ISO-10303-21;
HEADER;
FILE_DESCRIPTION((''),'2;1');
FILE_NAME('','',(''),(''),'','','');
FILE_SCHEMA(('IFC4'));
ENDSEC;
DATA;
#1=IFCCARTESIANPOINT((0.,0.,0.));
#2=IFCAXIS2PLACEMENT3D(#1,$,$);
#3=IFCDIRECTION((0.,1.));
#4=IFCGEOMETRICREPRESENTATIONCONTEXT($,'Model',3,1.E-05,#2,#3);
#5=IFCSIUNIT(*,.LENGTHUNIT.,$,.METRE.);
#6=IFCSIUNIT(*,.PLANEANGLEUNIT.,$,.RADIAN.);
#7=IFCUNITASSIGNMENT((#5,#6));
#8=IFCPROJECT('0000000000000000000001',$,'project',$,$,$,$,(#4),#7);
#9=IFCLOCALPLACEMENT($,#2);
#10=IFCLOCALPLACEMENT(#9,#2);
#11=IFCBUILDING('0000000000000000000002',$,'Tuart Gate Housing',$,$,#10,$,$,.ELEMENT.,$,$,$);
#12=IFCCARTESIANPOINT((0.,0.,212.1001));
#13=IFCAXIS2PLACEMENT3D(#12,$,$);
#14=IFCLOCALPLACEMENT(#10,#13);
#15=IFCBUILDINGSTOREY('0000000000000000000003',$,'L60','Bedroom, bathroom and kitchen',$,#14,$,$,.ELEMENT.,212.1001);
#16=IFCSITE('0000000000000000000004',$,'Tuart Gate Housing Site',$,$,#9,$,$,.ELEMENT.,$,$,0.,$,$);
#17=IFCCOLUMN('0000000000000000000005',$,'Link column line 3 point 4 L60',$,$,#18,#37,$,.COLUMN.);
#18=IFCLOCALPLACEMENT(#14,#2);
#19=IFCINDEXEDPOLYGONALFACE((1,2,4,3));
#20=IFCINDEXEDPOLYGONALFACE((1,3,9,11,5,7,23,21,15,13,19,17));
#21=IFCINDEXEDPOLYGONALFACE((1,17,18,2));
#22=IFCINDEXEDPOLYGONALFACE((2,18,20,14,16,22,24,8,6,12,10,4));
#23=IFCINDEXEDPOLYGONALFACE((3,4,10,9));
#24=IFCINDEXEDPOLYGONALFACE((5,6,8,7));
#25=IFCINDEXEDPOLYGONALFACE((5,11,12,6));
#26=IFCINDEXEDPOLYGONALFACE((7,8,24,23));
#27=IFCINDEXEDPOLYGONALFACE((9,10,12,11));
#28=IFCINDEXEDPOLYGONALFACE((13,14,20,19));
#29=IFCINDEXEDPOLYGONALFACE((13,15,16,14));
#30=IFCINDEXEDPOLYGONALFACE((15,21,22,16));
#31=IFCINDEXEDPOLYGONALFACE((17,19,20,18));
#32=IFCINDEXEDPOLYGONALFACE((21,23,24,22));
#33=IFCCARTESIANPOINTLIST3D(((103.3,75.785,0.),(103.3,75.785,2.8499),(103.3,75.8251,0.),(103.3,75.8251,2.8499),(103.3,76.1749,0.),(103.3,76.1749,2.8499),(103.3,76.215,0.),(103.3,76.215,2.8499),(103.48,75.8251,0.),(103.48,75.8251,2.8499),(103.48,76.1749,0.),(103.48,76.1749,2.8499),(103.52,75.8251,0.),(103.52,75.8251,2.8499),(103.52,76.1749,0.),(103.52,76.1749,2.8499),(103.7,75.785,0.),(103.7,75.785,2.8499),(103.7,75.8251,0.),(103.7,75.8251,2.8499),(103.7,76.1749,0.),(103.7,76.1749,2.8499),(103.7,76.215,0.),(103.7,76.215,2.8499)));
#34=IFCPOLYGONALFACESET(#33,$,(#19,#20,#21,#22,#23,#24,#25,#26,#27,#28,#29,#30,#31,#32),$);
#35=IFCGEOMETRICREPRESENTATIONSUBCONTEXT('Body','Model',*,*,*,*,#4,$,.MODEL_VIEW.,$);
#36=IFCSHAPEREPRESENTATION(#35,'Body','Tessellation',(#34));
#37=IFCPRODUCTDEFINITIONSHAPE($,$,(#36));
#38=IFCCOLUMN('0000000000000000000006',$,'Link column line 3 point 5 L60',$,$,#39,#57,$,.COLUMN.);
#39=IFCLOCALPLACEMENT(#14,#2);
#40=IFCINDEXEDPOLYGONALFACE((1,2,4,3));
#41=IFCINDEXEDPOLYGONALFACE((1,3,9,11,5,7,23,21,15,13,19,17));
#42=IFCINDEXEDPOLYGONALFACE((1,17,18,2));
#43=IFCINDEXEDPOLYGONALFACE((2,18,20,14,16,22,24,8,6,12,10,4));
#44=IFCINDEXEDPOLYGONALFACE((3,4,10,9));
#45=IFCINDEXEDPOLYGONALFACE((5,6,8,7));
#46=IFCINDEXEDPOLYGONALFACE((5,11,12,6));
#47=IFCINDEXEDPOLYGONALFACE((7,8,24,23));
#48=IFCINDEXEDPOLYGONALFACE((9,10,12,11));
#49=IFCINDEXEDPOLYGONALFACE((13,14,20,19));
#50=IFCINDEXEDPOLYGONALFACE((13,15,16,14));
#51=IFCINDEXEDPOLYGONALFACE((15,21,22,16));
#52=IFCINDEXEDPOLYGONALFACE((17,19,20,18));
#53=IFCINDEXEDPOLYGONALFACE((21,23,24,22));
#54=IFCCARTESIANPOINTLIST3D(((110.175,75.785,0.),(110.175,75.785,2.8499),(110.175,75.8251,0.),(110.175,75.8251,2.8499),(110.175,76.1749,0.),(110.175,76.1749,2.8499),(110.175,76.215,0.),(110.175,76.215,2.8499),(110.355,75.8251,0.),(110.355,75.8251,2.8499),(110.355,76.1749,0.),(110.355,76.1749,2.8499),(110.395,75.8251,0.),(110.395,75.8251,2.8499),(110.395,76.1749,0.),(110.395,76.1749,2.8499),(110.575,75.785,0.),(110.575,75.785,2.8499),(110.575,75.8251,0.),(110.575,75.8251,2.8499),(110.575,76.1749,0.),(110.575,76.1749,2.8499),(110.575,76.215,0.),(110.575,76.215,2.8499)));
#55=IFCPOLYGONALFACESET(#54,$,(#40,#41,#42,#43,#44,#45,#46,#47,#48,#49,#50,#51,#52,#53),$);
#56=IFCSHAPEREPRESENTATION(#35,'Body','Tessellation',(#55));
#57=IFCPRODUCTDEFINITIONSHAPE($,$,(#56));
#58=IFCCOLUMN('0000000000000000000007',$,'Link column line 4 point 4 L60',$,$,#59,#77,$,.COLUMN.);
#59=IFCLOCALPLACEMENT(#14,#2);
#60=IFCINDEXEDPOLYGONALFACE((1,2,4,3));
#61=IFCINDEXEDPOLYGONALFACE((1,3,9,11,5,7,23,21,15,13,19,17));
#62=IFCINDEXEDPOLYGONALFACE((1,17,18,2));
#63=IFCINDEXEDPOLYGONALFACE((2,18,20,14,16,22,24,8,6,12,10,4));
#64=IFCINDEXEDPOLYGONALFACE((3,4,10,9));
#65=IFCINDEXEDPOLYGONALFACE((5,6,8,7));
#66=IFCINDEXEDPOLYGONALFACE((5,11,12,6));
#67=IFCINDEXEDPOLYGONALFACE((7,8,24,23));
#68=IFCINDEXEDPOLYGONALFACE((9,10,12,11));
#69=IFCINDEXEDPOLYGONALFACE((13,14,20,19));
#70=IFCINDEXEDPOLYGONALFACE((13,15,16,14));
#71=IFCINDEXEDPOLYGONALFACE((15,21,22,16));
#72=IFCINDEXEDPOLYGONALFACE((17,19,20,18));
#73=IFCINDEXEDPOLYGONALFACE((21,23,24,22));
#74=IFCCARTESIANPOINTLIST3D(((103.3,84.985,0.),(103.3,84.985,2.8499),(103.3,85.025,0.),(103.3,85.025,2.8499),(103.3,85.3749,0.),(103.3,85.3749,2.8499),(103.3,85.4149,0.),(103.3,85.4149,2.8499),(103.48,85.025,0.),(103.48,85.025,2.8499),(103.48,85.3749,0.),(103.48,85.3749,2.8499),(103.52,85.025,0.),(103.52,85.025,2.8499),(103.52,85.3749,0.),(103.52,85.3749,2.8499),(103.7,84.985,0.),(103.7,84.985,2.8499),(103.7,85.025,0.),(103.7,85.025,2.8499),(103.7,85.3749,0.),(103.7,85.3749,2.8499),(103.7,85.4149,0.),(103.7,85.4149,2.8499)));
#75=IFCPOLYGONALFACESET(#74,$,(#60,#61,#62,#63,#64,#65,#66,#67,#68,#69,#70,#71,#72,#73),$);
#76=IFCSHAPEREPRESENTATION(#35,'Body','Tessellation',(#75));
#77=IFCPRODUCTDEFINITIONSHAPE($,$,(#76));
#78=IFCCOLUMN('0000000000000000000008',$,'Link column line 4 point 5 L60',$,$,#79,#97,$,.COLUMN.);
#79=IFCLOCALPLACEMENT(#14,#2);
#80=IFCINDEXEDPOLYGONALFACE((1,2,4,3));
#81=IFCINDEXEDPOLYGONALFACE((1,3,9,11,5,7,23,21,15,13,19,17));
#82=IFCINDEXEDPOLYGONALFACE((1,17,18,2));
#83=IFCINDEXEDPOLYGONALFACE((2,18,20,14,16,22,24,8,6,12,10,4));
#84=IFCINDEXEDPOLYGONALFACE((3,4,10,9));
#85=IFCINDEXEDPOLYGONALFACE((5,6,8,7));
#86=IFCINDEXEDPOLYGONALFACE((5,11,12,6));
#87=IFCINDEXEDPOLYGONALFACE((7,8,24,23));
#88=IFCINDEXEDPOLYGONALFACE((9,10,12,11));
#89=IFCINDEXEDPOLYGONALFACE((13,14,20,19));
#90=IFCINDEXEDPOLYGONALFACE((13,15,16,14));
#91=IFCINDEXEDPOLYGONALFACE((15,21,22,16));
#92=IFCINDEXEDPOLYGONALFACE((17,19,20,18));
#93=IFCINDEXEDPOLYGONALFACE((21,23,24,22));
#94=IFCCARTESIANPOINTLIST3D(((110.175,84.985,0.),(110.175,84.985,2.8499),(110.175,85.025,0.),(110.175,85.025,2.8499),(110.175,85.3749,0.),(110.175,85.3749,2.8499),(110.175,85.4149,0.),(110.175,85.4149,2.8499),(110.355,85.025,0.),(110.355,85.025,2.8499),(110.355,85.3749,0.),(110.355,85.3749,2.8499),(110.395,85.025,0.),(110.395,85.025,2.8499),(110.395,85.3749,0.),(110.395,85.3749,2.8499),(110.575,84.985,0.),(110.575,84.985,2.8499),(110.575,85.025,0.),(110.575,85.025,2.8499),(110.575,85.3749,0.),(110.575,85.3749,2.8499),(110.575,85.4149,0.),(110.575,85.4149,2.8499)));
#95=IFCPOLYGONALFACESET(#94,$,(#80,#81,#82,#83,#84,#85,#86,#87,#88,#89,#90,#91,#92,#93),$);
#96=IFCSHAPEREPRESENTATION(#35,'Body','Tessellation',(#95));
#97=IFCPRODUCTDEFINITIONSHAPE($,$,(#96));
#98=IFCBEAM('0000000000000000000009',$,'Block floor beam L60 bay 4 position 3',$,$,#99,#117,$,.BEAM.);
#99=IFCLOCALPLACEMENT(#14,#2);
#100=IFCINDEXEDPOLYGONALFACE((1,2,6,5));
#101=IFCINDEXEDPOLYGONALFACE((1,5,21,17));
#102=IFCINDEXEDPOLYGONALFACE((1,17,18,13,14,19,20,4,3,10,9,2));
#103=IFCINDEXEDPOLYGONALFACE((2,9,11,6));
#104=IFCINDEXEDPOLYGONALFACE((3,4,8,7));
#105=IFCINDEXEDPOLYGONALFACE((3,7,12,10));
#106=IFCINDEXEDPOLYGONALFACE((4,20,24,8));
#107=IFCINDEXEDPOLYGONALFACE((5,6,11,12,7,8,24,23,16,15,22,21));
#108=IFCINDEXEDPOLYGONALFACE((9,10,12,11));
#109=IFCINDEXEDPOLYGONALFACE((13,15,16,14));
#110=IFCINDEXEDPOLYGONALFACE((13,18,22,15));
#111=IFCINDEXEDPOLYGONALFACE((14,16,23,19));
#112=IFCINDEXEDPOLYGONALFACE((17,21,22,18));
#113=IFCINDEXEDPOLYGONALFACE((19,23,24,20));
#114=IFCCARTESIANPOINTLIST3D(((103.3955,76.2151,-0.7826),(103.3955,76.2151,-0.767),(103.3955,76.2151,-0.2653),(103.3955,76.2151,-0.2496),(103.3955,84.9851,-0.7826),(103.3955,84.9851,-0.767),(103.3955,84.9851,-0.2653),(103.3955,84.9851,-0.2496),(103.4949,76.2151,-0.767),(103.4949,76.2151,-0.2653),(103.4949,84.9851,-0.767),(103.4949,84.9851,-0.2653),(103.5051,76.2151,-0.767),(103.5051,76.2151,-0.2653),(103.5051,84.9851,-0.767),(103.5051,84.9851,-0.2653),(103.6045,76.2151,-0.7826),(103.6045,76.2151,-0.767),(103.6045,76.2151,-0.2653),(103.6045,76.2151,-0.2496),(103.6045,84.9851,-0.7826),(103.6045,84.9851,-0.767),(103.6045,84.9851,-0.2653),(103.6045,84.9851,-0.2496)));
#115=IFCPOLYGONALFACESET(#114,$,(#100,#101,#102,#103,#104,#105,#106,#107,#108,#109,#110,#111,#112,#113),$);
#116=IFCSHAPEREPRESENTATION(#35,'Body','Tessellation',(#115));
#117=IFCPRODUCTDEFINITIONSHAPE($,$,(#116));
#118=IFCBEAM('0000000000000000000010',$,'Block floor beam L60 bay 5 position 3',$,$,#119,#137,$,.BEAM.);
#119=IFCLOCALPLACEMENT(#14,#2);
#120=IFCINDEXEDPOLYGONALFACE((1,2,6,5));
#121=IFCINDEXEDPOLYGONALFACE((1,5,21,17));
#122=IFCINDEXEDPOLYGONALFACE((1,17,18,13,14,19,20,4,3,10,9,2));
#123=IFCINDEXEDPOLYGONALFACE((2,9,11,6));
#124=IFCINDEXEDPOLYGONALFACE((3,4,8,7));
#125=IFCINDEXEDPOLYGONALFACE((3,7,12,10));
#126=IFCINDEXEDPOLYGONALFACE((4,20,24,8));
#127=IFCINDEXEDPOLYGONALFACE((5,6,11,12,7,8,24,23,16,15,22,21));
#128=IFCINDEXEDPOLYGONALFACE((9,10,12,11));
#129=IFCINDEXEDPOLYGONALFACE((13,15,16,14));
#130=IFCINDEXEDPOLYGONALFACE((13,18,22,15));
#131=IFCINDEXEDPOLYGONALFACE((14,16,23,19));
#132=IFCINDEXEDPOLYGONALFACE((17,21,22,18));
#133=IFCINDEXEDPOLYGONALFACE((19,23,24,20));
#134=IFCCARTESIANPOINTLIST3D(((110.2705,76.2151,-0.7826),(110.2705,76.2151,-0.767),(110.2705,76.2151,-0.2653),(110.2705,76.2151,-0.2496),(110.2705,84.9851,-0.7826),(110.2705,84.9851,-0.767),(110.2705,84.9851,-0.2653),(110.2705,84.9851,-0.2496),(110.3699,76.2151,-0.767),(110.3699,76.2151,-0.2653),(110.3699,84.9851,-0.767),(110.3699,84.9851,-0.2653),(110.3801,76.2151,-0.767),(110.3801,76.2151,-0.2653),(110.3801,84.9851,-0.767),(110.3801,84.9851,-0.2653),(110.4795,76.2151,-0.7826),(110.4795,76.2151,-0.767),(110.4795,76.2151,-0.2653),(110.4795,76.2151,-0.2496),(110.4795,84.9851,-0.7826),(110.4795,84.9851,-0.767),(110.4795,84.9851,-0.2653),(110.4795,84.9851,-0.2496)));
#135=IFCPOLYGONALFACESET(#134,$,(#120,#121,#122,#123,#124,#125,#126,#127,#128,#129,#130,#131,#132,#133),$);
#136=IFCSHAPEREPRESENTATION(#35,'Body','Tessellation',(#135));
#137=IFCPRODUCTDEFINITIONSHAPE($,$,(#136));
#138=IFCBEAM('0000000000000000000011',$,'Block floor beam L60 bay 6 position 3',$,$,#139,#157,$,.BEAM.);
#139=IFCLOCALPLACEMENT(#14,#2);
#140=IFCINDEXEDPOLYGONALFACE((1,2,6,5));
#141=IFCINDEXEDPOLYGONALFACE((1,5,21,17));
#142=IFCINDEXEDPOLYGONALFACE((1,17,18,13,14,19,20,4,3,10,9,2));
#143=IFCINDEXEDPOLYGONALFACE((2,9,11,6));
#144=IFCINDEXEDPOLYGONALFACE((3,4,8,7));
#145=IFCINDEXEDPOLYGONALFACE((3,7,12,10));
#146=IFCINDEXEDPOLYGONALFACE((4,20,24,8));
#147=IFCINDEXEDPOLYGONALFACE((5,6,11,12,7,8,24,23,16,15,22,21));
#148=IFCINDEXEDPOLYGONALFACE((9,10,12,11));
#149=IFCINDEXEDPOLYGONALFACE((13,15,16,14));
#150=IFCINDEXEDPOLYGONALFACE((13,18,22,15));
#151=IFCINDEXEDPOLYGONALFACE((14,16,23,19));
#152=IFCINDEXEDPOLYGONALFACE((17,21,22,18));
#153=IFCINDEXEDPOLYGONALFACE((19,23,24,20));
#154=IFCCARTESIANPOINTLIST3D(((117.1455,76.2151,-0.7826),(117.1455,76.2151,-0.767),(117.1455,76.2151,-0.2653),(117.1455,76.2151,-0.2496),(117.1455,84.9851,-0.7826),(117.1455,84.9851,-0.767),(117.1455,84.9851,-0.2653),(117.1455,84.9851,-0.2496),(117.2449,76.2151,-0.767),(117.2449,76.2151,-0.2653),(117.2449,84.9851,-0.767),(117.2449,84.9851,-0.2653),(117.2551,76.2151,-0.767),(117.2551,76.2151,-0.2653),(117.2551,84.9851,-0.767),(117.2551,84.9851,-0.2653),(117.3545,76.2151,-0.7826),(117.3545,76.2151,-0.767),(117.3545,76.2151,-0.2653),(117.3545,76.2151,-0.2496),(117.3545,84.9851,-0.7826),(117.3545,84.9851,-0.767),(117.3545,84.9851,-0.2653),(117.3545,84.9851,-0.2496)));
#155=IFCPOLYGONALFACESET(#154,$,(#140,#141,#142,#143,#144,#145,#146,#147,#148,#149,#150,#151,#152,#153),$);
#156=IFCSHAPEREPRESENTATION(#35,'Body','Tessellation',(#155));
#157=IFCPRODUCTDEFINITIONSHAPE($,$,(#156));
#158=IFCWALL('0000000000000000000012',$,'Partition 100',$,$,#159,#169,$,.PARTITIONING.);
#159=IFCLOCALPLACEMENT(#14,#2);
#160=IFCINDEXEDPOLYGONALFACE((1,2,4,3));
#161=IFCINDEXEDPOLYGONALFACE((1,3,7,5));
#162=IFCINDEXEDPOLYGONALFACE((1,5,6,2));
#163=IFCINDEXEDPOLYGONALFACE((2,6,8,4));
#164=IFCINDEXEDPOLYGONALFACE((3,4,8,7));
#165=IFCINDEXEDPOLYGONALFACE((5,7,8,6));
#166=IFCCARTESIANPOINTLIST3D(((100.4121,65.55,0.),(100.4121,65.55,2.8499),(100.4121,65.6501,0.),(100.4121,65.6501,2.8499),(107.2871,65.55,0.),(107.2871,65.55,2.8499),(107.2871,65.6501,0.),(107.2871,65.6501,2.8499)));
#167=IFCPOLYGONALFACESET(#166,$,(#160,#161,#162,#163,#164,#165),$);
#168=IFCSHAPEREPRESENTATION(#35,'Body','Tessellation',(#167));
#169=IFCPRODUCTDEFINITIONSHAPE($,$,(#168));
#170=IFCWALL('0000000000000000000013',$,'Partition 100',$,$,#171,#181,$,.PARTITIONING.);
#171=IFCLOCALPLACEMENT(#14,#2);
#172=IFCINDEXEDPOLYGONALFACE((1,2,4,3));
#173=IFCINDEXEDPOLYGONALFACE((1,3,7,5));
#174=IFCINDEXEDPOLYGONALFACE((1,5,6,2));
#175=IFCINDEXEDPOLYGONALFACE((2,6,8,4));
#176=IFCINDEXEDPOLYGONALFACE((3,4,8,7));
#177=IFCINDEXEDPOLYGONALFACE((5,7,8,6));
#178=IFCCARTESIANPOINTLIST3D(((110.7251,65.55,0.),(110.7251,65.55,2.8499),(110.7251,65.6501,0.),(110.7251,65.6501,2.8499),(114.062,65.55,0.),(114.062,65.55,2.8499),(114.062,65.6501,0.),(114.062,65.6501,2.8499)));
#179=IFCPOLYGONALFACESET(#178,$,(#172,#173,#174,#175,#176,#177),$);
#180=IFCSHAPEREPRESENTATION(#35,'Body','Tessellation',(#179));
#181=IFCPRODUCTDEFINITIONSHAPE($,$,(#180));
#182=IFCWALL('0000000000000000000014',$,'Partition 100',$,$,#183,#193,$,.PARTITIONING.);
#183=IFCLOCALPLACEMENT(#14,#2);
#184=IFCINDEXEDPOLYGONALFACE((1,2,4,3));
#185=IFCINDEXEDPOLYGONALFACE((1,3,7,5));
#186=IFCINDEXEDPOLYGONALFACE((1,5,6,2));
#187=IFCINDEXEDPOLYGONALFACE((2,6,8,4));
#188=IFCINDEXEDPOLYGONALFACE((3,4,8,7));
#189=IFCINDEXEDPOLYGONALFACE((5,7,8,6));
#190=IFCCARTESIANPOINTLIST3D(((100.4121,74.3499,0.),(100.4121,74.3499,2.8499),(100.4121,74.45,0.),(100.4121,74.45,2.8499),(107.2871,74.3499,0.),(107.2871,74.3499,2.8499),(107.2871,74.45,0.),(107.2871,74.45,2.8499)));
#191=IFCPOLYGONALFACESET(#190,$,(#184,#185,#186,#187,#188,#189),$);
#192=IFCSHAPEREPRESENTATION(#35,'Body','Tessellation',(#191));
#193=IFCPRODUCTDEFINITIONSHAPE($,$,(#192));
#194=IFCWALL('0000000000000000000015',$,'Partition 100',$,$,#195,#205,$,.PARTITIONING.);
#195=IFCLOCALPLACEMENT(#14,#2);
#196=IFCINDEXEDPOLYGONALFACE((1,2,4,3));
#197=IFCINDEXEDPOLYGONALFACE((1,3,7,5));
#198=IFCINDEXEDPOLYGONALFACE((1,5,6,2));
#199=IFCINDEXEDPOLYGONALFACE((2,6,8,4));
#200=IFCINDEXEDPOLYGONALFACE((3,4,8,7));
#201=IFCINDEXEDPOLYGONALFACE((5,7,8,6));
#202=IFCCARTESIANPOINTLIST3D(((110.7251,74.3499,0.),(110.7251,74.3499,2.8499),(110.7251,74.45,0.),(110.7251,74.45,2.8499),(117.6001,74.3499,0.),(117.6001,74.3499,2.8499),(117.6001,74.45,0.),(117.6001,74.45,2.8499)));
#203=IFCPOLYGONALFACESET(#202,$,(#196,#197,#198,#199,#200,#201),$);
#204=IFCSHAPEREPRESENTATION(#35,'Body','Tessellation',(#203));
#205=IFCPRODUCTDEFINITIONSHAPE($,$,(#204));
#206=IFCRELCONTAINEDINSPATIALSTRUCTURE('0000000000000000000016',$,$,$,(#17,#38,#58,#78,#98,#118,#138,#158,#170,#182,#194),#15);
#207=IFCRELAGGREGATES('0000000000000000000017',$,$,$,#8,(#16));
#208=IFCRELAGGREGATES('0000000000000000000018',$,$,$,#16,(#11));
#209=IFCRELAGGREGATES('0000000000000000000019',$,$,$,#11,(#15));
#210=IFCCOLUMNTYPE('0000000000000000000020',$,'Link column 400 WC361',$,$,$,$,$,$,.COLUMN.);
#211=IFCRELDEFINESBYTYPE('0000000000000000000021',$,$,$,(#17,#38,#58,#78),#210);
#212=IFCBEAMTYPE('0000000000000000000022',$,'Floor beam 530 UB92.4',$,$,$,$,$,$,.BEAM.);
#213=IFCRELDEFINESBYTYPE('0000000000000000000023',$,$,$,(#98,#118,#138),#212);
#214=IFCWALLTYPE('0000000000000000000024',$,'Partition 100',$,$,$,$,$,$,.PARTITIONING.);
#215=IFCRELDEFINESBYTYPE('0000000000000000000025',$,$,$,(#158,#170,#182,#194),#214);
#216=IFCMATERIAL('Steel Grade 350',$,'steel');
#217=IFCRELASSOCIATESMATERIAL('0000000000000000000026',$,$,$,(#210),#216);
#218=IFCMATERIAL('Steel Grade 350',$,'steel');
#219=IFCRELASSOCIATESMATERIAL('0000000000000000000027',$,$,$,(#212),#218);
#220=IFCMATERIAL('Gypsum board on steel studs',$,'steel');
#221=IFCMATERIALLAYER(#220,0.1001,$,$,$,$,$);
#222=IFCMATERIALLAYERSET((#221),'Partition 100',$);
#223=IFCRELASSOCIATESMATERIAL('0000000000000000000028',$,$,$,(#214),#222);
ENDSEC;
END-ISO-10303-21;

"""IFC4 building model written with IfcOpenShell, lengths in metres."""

from ifc_helpers import new_model, si_unit, direction, frame, frame_2d, origin, origin_2d, place, context, subcontext, project, spatial, rectangle, i_section, extrude, material, layer, layer_set, material_profile, profile_set, type_object, element, save


model = new_model("IFC4")

# Units and contexts
model_context = context("Model", 3, precision=1e-05, world=origin(), true_north=direction((0.0, 1.0)))
body_context = subcontext(model_context, "Body", "Model", "MODEL_VIEW")
ifc_project = project(units=[si_unit("LENGTHUNIT", "METRE"), si_unit("PLANEANGLEUNIT", "RADIAN")], contexts=[model_context])

# Site, building, storey
site_placement = place(None, origin())
site = spatial("IfcSite", under=ifc_project, at=site_placement, Name="Tuart Gate Housing Site", CompositionType="ELEMENT", RefElevation=0.0)
building_placement = place(site_placement, origin())
building = spatial("IfcBuilding", under=site, at=building_placement, Name="Tuart Gate Housing", CompositionType="ELEMENT")
storey_placement = place(building_placement, frame((0.0, 0.0, 212.1001)))
storey = spatial("IfcBuildingStorey", under=building, at=storey_placement, Name="L60", Description="Bedroom, bathroom and kitchen", CompositionType="ELEMENT", Elevation=212.1001)

# Columns
ifc_material_1 = material(Name="Steel Grade 350", Category="steel")
ifc_material_profile_1 = material_profile(ifc_material_1, i_section(OverallWidth=0.3999, OverallDepth=0.4299, WebThickness=0.04, FlangeThickness=0.04, at=origin_2d()), Name="400WC361")
ifc_profile_set_1 = profile_set([ifc_material_profile_1], Name="Steel Grade 350")
column_type = type_object("IfcColumnType", Name="Link column 400 WC361", PredefinedType="COLUMN", material=ifc_profile_set_1)
for number, where, z_axis, x_axis, name in (
    (1, (103.5, 76.0, 0.0), (0.0, 0.0, 1.0), (1.0, 0.0, 0.0), "Link column line 3 point 4 L60"),
    (2, (110.375, 76.0, 0.0), (0.0, 0.0, 1.0), (1.0, 0.0, 0.0), "Link column line 3 point 5 L60"),
    (3, (103.5, 85.2, 0.0), (0.0, 0.0, 1.0), (1.0, 0.0, 0.0), "Link column line 4 point 4 L60"),
    (4, (110.375, 85.2, 0.0), (0.0, 0.0, 1.0), (1.0, 0.0, 0.0), "Link column line 4 point 5 L60"),
):
    element("IfcColumn", number, at=place(storey_placement, frame(where, z_axis=z_axis, x_axis=x_axis)), inside=storey, type_object=column_type, Name=name, PredefinedType="COLUMN", context=body_context, shape_type="SweptSolid", body=[
        extrude(i_section(OverallWidth=0.3999, OverallDepth=0.4299, WebThickness=0.04, FlangeThickness=0.04, at=origin_2d()), origin(), (0.0, 0.0, 1.0), 2.8499),
    ])

# Beams
ifc_material_2 = material(Name="Steel Grade 350", Category="steel")
ifc_material_profile_2 = material_profile(ifc_material_2, i_section(OverallWidth=0.209, OverallDepth=0.533, WebThickness=0.0103, FlangeThickness=0.0156, at=origin_2d()), Name="530UB92.4")
ifc_profile_set_2 = profile_set([ifc_material_profile_2], Name="Steel Grade 350")
beam_type = type_object("IfcBeamType", Name="Floor beam 530 UB92.4", PredefinedType="BEAM", material=ifc_profile_set_2)
for number, where, z_axis, x_axis, name in (
    (5, (103.5, 76.2151, -0.5161), (0.0, 1.0, 0.0), (-1.0, 0.0, 0.0), "Block floor beam L60 bay 4 position 3"),
    (6, (110.375, 76.2151, -0.5161), (0.0, 1.0, 0.0), (-1.0, 0.0, 0.0), "Block floor beam L60 bay 5 position 3"),
    (7, (117.25, 76.2151, -0.5161), (0.0, 1.0, 0.0), (-1.0, 0.0, 0.0), "Block floor beam L60 bay 6 position 3"),
):
    element("IfcBeam", number, at=place(storey_placement, frame(where, z_axis=z_axis, x_axis=x_axis)), inside=storey, type_object=beam_type, Name=name, PredefinedType="BEAM", context=body_context, shape_type="SweptSolid", body=[
        extrude(i_section(OverallWidth=0.209, OverallDepth=0.533, WebThickness=0.0103, FlangeThickness=0.0156, at=origin_2d()), origin(), (0.0, 0.0, 1.0), 8.77),
    ])

# Walls
ifc_material_3 = material(Name="Gypsum board on steel studs", Category="steel")
ifc_layer_1 = layer(ifc_material_3, 0.1001)
ifc_layer_set_1 = layer_set([ifc_layer_1], Name="Partition 100")
wall_type_1 = type_object("IfcWallType", Name="Partition 100", PredefinedType="PARTITIONING", material=ifc_layer_set_1)
wall_1_placement = place(storey_placement, frame((100.4121, 65.6001, 0.0), z_axis=(0.0, 0.0, 1.0), x_axis=(1.0, 0.0, 0.0)))
element("IfcWall", 8, at=wall_1_placement, inside=storey, type_object=wall_type_1, Name="Partition 100", PredefinedType="PARTITIONING", context=body_context, shape_type="SweptSolid", body=[
    extrude(rectangle(XDim=6.875, YDim=0.1001, at=frame_2d((3.4375, 0.0))), origin(), (0.0, 0.0, 1.0), 2.8499),
])
wall_2_placement = place(storey_placement, frame((110.7251, 65.6001, 0.0), z_axis=(0.0, 0.0, 1.0), x_axis=(1.0, 0.0, 0.0)))
element("IfcWall", 9, at=wall_2_placement, inside=storey, type_object=wall_type_1, Name="Partition 100", PredefinedType="PARTITIONING", context=body_context, shape_type="SweptSolid", body=[
    extrude(rectangle(XDim=3.3369, YDim=0.1001, at=frame_2d((1.6685, 0.0))), origin(), (0.0, 0.0, 1.0), 2.8499),
])
for number, where, z_axis, x_axis, name in (
    (10, (100.4121, 74.3999, 0.0), (0.0, 0.0, 1.0), (1.0, 0.0, 0.0), "Partition 100"),
    (11, (110.7251, 74.3999, 0.0), (0.0, 0.0, 1.0), (1.0, 0.0, 0.0), "Partition 100"),
):
    element("IfcWall", number, at=place(storey_placement, frame(where, z_axis=z_axis, x_axis=x_axis)), inside=storey, type_object=wall_type_1, Name=name, PredefinedType="PARTITIONING", context=body_context, shape_type="SweptSolid", body=[
        extrude(rectangle(XDim=6.875, YDim=0.1001, at=frame_2d((3.4375, 0.0))), origin(), (0.0, 0.0, 1.0), 2.8499),
    ])

save(model, "model.ifc")
